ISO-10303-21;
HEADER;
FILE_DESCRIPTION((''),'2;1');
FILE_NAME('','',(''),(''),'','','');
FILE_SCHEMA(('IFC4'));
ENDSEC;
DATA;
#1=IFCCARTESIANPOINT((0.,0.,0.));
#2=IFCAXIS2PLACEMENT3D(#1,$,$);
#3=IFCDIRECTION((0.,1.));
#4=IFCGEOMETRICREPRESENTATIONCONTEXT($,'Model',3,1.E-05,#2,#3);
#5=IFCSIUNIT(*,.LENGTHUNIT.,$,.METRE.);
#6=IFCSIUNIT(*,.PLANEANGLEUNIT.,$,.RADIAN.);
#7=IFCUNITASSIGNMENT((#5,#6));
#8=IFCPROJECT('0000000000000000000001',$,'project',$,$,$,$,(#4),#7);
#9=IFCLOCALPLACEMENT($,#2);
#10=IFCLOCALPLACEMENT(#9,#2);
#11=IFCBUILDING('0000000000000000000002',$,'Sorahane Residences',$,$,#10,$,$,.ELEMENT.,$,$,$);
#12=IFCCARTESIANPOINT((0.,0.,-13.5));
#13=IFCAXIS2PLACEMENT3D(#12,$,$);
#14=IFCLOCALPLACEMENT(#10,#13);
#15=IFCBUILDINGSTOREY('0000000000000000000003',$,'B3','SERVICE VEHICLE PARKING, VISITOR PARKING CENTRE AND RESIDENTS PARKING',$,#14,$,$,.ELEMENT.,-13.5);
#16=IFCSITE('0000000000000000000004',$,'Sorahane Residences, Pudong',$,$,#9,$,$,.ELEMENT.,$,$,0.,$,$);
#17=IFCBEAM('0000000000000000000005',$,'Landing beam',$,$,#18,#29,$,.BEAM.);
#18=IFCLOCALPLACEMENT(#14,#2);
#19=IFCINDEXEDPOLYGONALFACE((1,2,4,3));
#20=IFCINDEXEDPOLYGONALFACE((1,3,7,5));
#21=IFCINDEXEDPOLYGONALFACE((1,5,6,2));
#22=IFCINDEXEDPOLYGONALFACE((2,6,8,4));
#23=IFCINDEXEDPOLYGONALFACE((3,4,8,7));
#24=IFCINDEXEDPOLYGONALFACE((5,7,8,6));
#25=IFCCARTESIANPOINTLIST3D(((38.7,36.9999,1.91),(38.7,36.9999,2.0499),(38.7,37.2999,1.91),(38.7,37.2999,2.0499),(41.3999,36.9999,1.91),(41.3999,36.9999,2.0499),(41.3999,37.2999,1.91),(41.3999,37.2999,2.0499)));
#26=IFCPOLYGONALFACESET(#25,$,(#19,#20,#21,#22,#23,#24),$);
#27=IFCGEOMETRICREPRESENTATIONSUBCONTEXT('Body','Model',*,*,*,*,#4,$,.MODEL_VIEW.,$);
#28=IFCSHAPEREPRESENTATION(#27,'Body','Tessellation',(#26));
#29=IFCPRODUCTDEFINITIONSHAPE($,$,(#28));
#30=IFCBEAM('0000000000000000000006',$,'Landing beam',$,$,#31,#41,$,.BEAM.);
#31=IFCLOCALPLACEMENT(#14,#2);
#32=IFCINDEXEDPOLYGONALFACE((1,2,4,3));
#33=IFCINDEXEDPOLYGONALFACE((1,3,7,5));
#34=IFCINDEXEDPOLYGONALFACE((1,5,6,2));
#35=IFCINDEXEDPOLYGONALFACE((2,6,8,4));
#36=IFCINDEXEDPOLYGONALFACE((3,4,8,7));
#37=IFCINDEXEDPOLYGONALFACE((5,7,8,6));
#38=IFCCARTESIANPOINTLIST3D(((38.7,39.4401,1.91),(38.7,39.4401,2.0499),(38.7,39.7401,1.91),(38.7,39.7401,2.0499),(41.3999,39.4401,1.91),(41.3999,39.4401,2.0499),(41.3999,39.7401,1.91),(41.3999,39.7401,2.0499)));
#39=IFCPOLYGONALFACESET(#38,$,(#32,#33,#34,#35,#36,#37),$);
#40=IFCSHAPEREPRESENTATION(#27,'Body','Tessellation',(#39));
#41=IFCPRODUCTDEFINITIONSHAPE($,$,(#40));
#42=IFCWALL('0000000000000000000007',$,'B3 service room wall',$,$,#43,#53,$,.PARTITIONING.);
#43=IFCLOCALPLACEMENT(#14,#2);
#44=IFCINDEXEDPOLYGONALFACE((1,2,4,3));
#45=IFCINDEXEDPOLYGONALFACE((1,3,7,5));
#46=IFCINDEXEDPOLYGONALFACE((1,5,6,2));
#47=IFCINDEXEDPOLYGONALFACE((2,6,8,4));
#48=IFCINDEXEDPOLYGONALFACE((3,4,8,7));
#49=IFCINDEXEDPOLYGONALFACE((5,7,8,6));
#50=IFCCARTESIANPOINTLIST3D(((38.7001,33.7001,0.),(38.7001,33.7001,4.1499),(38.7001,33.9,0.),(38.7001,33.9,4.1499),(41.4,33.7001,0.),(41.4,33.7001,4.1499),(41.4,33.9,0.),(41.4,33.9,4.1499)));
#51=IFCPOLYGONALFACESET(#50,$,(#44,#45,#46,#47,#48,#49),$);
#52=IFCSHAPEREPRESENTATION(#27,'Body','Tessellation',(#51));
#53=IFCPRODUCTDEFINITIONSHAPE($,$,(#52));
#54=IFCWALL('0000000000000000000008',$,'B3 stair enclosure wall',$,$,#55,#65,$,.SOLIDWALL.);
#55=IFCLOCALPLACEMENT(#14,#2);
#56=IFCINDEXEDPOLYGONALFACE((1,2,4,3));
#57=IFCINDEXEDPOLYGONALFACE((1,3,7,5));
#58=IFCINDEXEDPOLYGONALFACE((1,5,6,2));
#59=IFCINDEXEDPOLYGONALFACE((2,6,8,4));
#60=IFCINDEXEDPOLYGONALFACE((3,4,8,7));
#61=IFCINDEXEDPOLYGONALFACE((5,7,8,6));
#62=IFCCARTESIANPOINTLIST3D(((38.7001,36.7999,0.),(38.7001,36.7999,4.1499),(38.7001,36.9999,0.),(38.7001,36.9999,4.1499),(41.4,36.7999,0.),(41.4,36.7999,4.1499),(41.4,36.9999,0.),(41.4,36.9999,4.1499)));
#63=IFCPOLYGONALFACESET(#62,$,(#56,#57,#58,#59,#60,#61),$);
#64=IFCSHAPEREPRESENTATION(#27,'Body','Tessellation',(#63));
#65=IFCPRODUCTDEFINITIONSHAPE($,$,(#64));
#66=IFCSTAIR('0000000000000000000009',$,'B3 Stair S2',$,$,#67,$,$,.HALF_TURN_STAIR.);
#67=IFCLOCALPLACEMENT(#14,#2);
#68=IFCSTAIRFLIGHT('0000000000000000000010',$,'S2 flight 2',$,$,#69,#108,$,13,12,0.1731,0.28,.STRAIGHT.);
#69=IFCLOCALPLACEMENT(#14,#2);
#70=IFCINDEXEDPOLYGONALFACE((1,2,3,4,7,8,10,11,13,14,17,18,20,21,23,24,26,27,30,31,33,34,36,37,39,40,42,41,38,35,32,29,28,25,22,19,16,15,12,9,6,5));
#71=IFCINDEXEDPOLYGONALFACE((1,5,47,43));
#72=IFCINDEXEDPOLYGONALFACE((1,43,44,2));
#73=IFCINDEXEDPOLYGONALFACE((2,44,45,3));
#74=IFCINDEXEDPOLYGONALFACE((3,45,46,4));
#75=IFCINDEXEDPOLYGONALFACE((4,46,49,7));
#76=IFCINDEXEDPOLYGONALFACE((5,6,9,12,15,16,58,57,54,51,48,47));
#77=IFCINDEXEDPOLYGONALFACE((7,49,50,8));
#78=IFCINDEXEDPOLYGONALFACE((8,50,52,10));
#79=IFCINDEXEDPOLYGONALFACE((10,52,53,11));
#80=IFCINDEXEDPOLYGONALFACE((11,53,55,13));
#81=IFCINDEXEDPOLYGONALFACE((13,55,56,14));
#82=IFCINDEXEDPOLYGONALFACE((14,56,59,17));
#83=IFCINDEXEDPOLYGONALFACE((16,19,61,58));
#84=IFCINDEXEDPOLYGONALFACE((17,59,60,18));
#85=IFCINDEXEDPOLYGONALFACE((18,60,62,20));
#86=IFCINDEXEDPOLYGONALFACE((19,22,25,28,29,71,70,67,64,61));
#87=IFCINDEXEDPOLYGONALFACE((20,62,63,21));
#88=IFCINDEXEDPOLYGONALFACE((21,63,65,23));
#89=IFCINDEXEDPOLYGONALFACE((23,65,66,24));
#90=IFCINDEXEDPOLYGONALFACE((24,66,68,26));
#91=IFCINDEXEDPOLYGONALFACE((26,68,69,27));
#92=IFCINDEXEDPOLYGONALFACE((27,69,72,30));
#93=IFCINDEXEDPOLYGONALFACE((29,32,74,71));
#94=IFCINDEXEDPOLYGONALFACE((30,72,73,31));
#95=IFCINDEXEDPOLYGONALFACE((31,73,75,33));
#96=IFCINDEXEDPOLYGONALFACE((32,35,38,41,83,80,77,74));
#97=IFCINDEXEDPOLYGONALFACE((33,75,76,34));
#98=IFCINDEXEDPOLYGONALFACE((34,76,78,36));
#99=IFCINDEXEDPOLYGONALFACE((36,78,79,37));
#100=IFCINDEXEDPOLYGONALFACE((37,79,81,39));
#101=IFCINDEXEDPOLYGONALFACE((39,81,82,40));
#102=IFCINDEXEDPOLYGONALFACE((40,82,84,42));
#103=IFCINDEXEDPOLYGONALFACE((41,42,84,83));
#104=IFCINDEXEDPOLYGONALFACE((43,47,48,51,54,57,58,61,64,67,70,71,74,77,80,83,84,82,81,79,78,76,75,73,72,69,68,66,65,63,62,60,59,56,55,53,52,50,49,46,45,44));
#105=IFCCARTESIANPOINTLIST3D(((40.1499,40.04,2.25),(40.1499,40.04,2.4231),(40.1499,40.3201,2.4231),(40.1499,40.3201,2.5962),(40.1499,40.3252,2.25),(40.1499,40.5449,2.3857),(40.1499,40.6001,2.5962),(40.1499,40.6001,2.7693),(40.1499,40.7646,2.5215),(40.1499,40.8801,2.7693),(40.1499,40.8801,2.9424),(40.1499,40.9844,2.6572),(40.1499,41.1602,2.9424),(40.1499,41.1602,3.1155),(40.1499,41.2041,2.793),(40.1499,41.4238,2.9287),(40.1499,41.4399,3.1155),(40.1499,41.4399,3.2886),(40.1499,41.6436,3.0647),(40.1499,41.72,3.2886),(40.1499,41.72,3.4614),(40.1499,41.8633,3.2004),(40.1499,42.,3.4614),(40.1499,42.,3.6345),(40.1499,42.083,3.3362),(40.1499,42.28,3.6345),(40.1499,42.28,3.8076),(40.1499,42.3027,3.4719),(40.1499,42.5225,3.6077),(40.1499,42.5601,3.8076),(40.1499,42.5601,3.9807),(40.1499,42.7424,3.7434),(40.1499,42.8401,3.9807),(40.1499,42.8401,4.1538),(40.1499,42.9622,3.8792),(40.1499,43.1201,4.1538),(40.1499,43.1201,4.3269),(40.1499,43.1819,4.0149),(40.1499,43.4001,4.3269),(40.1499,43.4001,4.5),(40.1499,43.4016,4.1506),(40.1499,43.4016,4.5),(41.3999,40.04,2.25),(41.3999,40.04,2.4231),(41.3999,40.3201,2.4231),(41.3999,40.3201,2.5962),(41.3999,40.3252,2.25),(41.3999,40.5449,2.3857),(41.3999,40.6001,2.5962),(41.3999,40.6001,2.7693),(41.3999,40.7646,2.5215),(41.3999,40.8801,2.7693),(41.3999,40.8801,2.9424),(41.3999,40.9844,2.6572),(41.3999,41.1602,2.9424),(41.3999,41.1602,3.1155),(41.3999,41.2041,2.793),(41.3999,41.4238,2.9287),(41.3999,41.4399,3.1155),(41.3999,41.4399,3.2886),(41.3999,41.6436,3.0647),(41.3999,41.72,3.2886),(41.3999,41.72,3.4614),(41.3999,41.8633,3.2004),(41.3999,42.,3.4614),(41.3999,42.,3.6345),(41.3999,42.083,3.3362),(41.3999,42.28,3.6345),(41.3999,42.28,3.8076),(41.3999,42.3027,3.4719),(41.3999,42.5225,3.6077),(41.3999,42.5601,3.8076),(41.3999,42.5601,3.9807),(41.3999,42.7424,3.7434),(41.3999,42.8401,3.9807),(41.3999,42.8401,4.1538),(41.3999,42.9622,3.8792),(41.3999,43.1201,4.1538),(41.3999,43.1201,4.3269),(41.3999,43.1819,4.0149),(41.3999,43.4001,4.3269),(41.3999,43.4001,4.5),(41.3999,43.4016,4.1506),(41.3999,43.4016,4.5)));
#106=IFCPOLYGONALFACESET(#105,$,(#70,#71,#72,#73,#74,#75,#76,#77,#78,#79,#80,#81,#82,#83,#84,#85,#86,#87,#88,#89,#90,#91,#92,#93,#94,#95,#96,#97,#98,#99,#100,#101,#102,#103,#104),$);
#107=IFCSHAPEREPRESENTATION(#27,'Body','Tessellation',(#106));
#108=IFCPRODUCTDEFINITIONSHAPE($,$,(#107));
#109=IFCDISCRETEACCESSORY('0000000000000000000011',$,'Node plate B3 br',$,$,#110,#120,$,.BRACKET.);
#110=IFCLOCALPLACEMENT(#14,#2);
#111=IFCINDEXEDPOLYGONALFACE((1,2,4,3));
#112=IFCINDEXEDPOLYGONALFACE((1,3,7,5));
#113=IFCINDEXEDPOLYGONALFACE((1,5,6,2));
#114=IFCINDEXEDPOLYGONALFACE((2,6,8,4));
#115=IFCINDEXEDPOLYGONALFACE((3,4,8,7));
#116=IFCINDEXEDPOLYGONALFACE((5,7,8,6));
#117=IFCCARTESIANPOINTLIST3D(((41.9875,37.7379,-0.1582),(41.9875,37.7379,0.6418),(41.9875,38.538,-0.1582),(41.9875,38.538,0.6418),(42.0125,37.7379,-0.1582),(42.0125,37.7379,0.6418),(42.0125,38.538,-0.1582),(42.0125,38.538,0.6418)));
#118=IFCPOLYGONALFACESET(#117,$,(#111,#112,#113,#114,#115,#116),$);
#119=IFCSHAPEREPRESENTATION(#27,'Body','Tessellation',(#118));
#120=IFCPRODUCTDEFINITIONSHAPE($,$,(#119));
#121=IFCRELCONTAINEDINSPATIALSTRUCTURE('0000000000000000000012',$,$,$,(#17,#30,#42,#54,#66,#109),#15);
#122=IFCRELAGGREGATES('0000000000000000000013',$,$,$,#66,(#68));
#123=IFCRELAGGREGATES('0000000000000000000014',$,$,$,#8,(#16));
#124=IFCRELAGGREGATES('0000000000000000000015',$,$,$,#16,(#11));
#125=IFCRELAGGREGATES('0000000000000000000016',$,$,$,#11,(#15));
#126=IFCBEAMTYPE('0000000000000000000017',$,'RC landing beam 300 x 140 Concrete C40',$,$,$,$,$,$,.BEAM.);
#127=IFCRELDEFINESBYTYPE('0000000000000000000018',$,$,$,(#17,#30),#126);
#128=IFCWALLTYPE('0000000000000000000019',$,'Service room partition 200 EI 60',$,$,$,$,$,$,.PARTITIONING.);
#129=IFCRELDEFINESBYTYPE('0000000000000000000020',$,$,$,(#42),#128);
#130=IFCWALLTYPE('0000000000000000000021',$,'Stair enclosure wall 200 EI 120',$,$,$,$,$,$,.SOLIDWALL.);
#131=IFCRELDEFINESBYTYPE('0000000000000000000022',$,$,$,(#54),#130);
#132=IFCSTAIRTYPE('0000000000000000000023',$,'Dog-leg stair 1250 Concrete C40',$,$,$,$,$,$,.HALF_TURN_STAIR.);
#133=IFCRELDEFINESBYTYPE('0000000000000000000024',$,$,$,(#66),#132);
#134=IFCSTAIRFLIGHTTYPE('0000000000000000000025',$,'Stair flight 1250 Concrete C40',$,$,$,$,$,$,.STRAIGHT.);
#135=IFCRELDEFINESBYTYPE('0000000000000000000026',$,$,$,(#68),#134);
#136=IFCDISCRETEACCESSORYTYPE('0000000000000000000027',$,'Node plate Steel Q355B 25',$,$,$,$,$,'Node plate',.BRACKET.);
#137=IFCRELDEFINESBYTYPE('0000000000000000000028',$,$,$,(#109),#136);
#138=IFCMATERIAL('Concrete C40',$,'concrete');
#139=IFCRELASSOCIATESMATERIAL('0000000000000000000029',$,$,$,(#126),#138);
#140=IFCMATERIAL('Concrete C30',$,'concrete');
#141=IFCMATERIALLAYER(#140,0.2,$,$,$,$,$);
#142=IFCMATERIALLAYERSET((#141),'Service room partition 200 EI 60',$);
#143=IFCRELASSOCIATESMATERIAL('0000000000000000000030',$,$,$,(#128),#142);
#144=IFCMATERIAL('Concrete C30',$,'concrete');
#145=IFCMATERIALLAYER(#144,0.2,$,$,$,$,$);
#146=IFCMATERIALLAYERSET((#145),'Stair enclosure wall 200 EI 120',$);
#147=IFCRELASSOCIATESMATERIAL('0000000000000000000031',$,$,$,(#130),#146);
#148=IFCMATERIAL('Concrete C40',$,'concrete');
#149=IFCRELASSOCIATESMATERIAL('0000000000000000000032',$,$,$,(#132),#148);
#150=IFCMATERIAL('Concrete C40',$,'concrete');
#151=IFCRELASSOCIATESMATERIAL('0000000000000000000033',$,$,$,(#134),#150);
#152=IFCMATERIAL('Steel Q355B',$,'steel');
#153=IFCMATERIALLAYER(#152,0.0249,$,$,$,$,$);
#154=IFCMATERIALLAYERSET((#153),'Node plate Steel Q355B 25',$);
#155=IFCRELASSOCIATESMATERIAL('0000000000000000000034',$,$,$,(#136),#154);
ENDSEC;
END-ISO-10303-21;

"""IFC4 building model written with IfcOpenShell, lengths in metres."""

from ifc_helpers import new_model, si_unit, direction, frame, frame_2d, origin, origin_2d, place, context, subcontext, project, spatial, polyline, rectangle, outline, extrude, material, layer, layer_set, material_profile, profile_set, type_object, element, aggregate, save


model = new_model("IFC4")

# Units and contexts
model_context = context("Model", 3, precision=1e-05, world=origin(), true_north=direction((0.0, 1.0)))
body_context = subcontext(model_context, "Body", "Model", "MODEL_VIEW")
ifc_project = project(units=[si_unit("LENGTHUNIT", "METRE"), si_unit("PLANEANGLEUNIT", "RADIAN")], contexts=[model_context])

# Site, building, storey
site_placement = place(None, origin())
site = spatial("IfcSite", under=ifc_project, at=site_placement, Name="Sorahane Residences, Pudong", CompositionType="ELEMENT", RefElevation=0.0)
building_placement = place(site_placement, origin())
building = spatial("IfcBuilding", under=site, at=building_placement, Name="Sorahane Residences", CompositionType="ELEMENT")
storey_placement = place(building_placement, frame((0.0, 0.0, -13.5)))
storey = spatial("IfcBuildingStorey", under=building, at=storey_placement, Name="B3", Description="SERVICE VEHICLE PARKING, VISITOR PARKING CENTRE AND RESIDENTS PARKING", CompositionType="ELEMENT", Elevation=-13.5)

# Beams
ifc_material_1 = material(Name="Concrete C40", Category="concrete")
ifc_material_profile_1 = material_profile(ifc_material_1, rectangle(XDim=0.3, YDim=0.1399, at=origin_2d()), Name="300x140")
ifc_profile_set_1 = profile_set([ifc_material_profile_1], Name="Concrete C40")
beam_type = type_object("IfcBeamType", Name="RC landing beam 300 x 140 Concrete C40", PredefinedType="BEAM", material=ifc_profile_set_1)
for number, where, z_axis, x_axis, name in (
    (1, (38.7, 37.1499, 1.98), (1.0, 0.0, 0.0), (0.0, 1.0, 0.0), "Landing beam"),
    (2, (38.7, 39.5901, 1.98), (1.0, 0.0, 0.0), (0.0, 1.0, 0.0), "Landing beam"),
):
    element("IfcBeam", number, at=place(storey_placement, frame(where, z_axis=z_axis, x_axis=x_axis)), inside=storey, type_object=beam_type, Name=name, PredefinedType="BEAM", context=body_context, shape_type="SweptSolid", body=[
        extrude(rectangle(XDim=0.3, YDim=0.1399, at=origin_2d()), origin(), (0.0, 0.0, 1.0), 2.7),
    ])

# Walls
ifc_material_2 = material(Name="Concrete C30", Category="concrete")
ifc_layer_1 = layer(ifc_material_2, 0.2)
ifc_layer_set_1 = layer_set([ifc_layer_1], Name="Service room partition 200 EI 60")
wall_type_1 = type_object("IfcWallType", Name="Service room partition 200 EI 60", PredefinedType="PARTITIONING", material=ifc_layer_set_1)
wall_1_placement = place(storey_placement, frame((38.7, 33.8, 0.0), z_axis=(0.0, 0.0, 1.0), x_axis=(1.0, 0.0, 0.0)))
element("IfcWall", 3, at=wall_1_placement, inside=storey, type_object=wall_type_1, Name="B3 service room wall", PredefinedType="PARTITIONING", context=body_context, shape_type="SweptSolid", body=[
    extrude(rectangle(XDim=2.7, YDim=0.2, at=frame_2d((1.3501, 0.0))), origin(), (0.0, 0.0, 1.0), 4.1499),
])
ifc_material_3 = material(Name="Concrete C30", Category="concrete")
ifc_layer_2 = layer(ifc_material_3, 0.2)
ifc_layer_set_2 = layer_set([ifc_layer_2], Name="Stair enclosure wall 200 EI 120")
wall_type_2 = type_object("IfcWallType", Name="Stair enclosure wall 200 EI 120", PredefinedType="SOLIDWALL", material=ifc_layer_set_2)
wall_2_placement = place(storey_placement, frame((38.7, 36.8999, 0.0), z_axis=(0.0, 0.0, 1.0), x_axis=(1.0, 0.0, 0.0)))
element("IfcWall", 4, at=wall_2_placement, inside=storey, type_object=wall_type_2, Name="B3 stair enclosure wall", PredefinedType="SOLIDWALL", context=body_context, shape_type="SweptSolid", body=[
    extrude(rectangle(XDim=2.7, YDim=0.2, at=frame_2d((1.3501, 0.0))), origin(), (0.0, 0.0, 1.0), 4.1499),
])

# Stair, stair flight
ifc_material_4 = material(Name="Concrete C40", Category="concrete")
stair_type = type_object("IfcStairType", Name="Dog-leg stair 1250 Concrete C40", PredefinedType="HALF_TURN_STAIR", material=ifc_material_4)
stair_placement = place(storey_placement, origin())
stair = element("IfcStair", 5, at=stair_placement, inside=storey, type_object=stair_type, Name="B3 Stair S2", PredefinedType="HALF_TURN_STAIR")
ifc_material_5 = material(Name="Concrete C40", Category="concrete")
stair_flight_type = type_object("IfcStairFlightType", Name="Stair flight 1250 Concrete C40", PredefinedType="STRAIGHT", material=ifc_material_5)
stair_flight_placement = place(storey_placement, frame((40.7749, 40.04, 2.25), z_axis=(0.0, 0.0, 1.0), x_axis=(0.0, 1.0, 0.0)))
stair_flight = element("IfcStairFlight", 6, at=stair_flight_placement, type_object=stair_flight_type, Name="S2 flight 2", NumberOfRisers=13, NumberOfTreads=12, PredefinedType="STRAIGHT", RiserHeight=0.1731, TreadLength=0.28, context=body_context, shape_type="SweptSolid", body=[
    extrude(outline(polyline([(0.0, 0.0), (0.0, 0.1731), (0.28, 0.1731), (0.28, 0.3462), (0.5601, 0.3462), (0.5601, 0.5193), (0.8401, 0.5193), (0.8401, 0.6924), (1.1201, 0.6924), (1.1201, 0.8655), (1.3999, 0.8655), (1.3999, 1.0386), (1.6799, 1.0386), (1.6799, 1.2114), (1.96, 1.2114), (1.96, 1.3845), (2.24, 1.3845), (2.24, 1.5576), (2.52, 1.5576), (2.52, 1.7307), (2.8, 1.7307), (2.8, 1.9038), (3.0801, 1.9038), (3.0801, 2.0769), (3.3601, 2.0769), (3.3601, 2.25), (3.3616, 2.25), (3.3616, 1.9006), (3.1418, 1.7649), (2.9221, 1.6292), (2.7024, 1.4934), (2.4824, 1.3577), (2.2627, 1.2219), (2.043, 1.0862), (1.8232, 0.9504), (1.6035, 0.8147), (1.3838, 0.6787), (1.1641, 0.543), (0.9443, 0.4072), (0.7246, 0.2715), (0.5049, 0.1357), (0.2852, 0.0), (0.0, 0.0)])), frame((0.0, 0.625, 0.0), z_axis=(0.0, -1.0, 0.0), x_axis=(1.0, 0.0, 0.0)), (0.0, 0.0, 1.0), 1.25),
])
aggregate(stair, [stair_flight])

# Discrete accessory
ifc_material_6 = material(Name="Steel Q355B", Category="steel")
ifc_layer_3 = layer(ifc_material_6, 0.0249)
ifc_layer_set_3 = layer_set([ifc_layer_3], Name="Node plate Steel Q355B 25")
discrete_accessory_type = type_object("IfcDiscreteAccessoryType", Name="Node plate Steel Q355B 25", ElementType="Node plate", PredefinedType="BRACKET", material=ifc_layer_set_3)
discrete_accessory_placement = place(storey_placement, frame((42.0, 38.1379, -0.1582), z_axis=(0.0, 0.0, 1.0), x_axis=(0.0, 1.0, 0.0)))
element("IfcDiscreteAccessory", 7, at=discrete_accessory_placement, inside=storey, type_object=discrete_accessory_type, Name="Node plate B3 br", PredefinedType="BRACKET", context=body_context, shape_type="SweptSolid", body=[
    extrude(rectangle(XDim=0.8, YDim=0.0249, at=origin_2d()), origin(), (0.0, 0.0, 1.0), 0.8),
])

save(model, "model.ifc")
